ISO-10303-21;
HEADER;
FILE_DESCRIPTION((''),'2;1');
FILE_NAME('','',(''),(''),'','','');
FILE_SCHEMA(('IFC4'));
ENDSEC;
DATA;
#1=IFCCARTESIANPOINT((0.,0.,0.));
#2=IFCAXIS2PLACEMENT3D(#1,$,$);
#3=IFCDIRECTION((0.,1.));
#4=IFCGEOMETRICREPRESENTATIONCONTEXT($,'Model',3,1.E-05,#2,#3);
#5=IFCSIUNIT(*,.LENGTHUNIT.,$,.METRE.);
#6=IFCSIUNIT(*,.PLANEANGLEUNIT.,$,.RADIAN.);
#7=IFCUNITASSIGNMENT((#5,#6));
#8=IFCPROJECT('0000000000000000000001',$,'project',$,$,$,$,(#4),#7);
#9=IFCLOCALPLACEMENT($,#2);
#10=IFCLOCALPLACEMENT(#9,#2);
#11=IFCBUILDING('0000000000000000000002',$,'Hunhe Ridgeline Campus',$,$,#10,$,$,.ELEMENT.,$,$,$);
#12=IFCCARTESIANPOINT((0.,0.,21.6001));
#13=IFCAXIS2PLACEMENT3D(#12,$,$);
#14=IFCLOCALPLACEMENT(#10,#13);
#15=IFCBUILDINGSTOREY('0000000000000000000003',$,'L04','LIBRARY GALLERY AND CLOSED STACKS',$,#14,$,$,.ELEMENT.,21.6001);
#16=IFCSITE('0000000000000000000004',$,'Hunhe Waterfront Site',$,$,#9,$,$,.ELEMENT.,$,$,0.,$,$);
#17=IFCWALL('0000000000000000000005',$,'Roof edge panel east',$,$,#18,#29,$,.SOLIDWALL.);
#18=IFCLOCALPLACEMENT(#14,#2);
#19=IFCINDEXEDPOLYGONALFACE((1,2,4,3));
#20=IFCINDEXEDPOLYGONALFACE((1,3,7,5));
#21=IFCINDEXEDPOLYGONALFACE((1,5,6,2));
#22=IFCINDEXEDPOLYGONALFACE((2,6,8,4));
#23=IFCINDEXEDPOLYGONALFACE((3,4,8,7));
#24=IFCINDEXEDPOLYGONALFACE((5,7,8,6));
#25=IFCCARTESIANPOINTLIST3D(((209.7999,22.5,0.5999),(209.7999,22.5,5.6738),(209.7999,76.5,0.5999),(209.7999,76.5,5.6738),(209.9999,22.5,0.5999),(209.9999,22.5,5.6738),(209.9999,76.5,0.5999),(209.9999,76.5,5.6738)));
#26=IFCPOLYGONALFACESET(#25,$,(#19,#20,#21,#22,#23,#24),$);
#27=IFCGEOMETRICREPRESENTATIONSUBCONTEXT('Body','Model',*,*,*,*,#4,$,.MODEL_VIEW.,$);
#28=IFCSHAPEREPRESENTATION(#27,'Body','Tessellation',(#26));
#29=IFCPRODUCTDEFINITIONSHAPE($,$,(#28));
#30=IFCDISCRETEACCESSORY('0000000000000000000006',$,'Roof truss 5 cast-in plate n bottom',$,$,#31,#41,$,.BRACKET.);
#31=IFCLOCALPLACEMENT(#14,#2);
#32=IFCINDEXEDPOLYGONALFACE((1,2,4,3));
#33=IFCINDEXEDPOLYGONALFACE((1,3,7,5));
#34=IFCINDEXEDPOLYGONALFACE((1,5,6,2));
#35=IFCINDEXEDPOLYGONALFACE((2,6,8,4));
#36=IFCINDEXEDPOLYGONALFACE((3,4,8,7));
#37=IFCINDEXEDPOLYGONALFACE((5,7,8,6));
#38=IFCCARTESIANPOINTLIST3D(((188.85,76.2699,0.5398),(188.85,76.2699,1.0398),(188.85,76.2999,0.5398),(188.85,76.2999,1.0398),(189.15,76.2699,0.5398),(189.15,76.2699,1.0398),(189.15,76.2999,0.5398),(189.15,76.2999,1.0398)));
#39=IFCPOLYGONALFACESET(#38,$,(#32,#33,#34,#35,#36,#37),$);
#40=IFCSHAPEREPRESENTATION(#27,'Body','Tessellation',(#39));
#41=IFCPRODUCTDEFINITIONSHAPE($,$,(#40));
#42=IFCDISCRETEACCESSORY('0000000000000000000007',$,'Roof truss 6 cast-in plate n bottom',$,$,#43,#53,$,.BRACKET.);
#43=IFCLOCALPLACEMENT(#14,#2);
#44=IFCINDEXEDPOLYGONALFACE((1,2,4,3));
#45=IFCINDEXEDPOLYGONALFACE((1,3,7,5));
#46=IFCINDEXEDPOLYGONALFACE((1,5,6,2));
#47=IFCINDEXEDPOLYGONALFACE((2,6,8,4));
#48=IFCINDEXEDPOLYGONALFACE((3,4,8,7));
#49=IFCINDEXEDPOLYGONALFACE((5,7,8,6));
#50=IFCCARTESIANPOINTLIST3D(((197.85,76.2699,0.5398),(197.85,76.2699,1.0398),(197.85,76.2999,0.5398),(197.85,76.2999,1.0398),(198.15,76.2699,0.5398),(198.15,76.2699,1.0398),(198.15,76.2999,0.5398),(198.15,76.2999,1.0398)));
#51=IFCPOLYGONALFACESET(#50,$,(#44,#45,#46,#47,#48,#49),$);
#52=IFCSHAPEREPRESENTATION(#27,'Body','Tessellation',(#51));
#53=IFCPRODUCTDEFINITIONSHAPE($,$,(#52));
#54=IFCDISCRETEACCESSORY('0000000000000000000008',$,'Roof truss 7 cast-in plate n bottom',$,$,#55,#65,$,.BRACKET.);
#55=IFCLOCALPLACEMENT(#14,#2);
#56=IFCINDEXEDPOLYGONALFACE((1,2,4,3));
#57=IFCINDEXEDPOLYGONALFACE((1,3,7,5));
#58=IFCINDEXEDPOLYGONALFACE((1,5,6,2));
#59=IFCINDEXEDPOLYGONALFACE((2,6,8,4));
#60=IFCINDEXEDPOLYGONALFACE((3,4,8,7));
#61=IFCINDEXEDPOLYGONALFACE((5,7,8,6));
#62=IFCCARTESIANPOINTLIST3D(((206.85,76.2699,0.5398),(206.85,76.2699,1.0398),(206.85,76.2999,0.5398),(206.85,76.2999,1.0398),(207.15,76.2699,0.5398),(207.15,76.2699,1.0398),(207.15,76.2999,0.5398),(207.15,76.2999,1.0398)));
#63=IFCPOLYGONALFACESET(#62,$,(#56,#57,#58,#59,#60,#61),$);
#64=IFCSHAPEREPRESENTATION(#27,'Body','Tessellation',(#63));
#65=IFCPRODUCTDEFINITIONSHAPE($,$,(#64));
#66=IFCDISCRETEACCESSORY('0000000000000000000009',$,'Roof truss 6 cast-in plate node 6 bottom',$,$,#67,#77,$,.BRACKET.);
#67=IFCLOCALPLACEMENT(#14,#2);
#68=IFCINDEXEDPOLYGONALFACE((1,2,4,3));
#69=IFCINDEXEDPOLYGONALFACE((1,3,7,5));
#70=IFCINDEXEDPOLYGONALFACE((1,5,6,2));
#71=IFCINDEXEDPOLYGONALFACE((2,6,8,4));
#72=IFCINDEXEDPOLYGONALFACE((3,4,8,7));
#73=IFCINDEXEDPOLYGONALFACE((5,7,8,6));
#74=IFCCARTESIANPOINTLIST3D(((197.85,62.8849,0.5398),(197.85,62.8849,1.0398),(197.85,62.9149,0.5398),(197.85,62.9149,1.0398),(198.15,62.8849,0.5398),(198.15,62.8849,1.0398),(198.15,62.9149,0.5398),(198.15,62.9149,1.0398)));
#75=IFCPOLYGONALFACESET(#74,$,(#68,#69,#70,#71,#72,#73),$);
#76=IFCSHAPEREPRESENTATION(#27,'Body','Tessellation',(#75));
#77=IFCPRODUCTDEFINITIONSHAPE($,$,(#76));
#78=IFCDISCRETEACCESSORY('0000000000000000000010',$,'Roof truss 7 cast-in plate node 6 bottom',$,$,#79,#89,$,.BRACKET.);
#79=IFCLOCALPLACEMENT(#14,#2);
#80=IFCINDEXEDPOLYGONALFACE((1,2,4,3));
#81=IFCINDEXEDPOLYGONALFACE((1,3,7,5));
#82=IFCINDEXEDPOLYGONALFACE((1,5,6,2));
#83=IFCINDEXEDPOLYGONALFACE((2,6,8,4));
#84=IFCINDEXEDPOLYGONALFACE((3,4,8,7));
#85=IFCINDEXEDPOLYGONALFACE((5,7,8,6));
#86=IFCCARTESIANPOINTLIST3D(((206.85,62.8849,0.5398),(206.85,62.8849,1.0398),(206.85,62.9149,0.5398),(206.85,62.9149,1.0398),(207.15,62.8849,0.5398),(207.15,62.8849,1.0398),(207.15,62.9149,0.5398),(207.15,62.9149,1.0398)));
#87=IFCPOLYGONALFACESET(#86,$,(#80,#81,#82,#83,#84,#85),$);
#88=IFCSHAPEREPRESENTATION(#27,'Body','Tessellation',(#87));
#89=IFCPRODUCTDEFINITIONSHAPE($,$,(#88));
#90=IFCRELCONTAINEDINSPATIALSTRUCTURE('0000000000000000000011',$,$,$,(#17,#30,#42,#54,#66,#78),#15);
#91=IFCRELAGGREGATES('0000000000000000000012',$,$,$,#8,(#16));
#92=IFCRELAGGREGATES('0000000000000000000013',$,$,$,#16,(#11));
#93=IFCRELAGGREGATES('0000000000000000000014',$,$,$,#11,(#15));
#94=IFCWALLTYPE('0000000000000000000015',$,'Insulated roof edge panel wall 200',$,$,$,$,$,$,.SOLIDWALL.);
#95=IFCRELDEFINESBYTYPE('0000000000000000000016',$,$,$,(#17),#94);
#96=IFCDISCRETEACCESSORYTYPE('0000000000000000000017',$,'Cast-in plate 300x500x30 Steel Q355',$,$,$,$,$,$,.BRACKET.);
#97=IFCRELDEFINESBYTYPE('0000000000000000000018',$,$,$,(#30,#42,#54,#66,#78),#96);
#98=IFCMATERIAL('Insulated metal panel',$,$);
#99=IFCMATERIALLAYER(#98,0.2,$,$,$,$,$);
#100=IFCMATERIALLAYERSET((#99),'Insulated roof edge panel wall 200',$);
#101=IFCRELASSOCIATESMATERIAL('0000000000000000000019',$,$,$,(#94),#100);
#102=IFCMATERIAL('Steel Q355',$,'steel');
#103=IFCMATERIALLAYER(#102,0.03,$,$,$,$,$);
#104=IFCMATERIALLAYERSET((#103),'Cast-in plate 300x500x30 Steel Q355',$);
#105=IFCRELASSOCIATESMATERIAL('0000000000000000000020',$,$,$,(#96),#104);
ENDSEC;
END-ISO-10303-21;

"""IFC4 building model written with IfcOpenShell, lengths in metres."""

from ifc_helpers import new_model, si_unit, direction, frame, frame_2d, origin, origin_2d, place, context, subcontext, project, spatial, rectangle, extrude, material, layer, layer_set, type_object, element, save


model = new_model("IFC4")

# Units and contexts
model_context = context("Model", 3, precision=1e-05, world=origin(), true_north=direction((0.0, 1.0)))
body_context = subcontext(model_context, "Body", "Model", "MODEL_VIEW")
ifc_project = project(units=[si_unit("LENGTHUNIT", "METRE"), si_unit("PLANEANGLEUNIT", "RADIAN")], contexts=[model_context])

# Site, building, storey
site_placement = place(None, origin())
site = spatial("IfcSite", under=ifc_project, at=site_placement, Name="Hunhe Waterfront Site", CompositionType="ELEMENT", RefElevation=0.0)
building_placement = place(site_placement, origin())
building = spatial("IfcBuilding", under=site, at=building_placement, Name="Hunhe Ridgeline Campus", CompositionType="ELEMENT")
storey_placement = place(building_placement, frame((0.0, 0.0, 21.6001)))
storey = spatial("IfcBuildingStorey", under=building, at=storey_placement, Name="L04", Description="LIBRARY GALLERY AND CLOSED STACKS", CompositionType="ELEMENT", Elevation=21.6001)

# Shared definitions
ifc_material_1 = material(Name="Steel Q355", Category="steel")

# Wall
ifc_material_2 = material(Name="Insulated metal panel")
ifc_layer_1 = layer(ifc_material_2, 0.2)
ifc_layer_set_1 = layer_set([ifc_layer_1], Name="Insulated roof edge panel wall 200")
wall_type_1 = type_object("IfcWallType", Name="Insulated roof edge panel wall 200", PredefinedType="SOLIDWALL", material=ifc_layer_set_1)
wall_1_placement = place(storey_placement, frame((209.8999, 76.5, 0.5999), z_axis=(0.0, 0.0, 1.0), x_axis=(0.0, -1.0, 0.0)))
element("IfcWall", 1, at=wall_1_placement, inside=storey, type_object=wall_type_1, Name="Roof edge panel east", PredefinedType="SOLIDWALL", context=body_context, shape_type="SweptSolid", body=[
    extrude(rectangle(XDim=54.0, YDim=0.2, at=frame_2d((27.0, 0.0))), origin(), (0.0, 0.0, 1.0), 5.074),
])

# Discrete accessories
ifc_layer_2 = layer(ifc_material_1, 0.03)
ifc_layer_set_2 = layer_set([ifc_layer_2], Name="Cast-in plate 300x500x30 Steel Q355")
discrete_accessory_type = type_object("IfcDiscreteAccessoryType", Name="Cast-in plate 300x500x30 Steel Q355", PredefinedType="BRACKET", material=ifc_layer_set_2)
for number, where, z_axis, x_axis, name in (
    (2, (189.0, 76.2849, 0.5398), (0.0, 0.0, 1.0), (0.0, 1.0, 0.0), "Roof truss 5 cast-in plate n bottom"),
    (3, (198.0, 76.2849, 0.5398), (0.0, 0.0, 1.0), (0.0, 1.0, 0.0), "Roof truss 6 cast-in plate n bottom"),
    (4, (207.0, 76.2849, 0.5398), (0.0, 0.0, 1.0), (0.0, 1.0, 0.0), "Roof truss 7 cast-in plate n bottom"),
    (5, (198.0, 62.8999, 0.5398), (0.0, 0.0, 1.0), (0.0, 1.0, 0.0), "Roof truss 6 cast-in plate node 6 bottom"),
    (6, (207.0, 62.8999, 0.5398), (0.0, 0.0, 1.0), (0.0, 1.0, 0.0), "Roof truss 7 cast-in plate node 6 bottom"),
):
    element("IfcDiscreteAccessory", number, at=place(storey_placement, frame(where, z_axis=z_axis, x_axis=x_axis)), inside=storey, type_object=discrete_accessory_type, Name=name, PredefinedType="BRACKET", context=body_context, shape_type="SweptSolid", body=[
        extrude(rectangle(XDim=0.03, YDim=0.3, at=origin_2d()), origin(), (0.0, 0.0, 1.0), 0.5),
    ])

save(model, "model.ifc")
